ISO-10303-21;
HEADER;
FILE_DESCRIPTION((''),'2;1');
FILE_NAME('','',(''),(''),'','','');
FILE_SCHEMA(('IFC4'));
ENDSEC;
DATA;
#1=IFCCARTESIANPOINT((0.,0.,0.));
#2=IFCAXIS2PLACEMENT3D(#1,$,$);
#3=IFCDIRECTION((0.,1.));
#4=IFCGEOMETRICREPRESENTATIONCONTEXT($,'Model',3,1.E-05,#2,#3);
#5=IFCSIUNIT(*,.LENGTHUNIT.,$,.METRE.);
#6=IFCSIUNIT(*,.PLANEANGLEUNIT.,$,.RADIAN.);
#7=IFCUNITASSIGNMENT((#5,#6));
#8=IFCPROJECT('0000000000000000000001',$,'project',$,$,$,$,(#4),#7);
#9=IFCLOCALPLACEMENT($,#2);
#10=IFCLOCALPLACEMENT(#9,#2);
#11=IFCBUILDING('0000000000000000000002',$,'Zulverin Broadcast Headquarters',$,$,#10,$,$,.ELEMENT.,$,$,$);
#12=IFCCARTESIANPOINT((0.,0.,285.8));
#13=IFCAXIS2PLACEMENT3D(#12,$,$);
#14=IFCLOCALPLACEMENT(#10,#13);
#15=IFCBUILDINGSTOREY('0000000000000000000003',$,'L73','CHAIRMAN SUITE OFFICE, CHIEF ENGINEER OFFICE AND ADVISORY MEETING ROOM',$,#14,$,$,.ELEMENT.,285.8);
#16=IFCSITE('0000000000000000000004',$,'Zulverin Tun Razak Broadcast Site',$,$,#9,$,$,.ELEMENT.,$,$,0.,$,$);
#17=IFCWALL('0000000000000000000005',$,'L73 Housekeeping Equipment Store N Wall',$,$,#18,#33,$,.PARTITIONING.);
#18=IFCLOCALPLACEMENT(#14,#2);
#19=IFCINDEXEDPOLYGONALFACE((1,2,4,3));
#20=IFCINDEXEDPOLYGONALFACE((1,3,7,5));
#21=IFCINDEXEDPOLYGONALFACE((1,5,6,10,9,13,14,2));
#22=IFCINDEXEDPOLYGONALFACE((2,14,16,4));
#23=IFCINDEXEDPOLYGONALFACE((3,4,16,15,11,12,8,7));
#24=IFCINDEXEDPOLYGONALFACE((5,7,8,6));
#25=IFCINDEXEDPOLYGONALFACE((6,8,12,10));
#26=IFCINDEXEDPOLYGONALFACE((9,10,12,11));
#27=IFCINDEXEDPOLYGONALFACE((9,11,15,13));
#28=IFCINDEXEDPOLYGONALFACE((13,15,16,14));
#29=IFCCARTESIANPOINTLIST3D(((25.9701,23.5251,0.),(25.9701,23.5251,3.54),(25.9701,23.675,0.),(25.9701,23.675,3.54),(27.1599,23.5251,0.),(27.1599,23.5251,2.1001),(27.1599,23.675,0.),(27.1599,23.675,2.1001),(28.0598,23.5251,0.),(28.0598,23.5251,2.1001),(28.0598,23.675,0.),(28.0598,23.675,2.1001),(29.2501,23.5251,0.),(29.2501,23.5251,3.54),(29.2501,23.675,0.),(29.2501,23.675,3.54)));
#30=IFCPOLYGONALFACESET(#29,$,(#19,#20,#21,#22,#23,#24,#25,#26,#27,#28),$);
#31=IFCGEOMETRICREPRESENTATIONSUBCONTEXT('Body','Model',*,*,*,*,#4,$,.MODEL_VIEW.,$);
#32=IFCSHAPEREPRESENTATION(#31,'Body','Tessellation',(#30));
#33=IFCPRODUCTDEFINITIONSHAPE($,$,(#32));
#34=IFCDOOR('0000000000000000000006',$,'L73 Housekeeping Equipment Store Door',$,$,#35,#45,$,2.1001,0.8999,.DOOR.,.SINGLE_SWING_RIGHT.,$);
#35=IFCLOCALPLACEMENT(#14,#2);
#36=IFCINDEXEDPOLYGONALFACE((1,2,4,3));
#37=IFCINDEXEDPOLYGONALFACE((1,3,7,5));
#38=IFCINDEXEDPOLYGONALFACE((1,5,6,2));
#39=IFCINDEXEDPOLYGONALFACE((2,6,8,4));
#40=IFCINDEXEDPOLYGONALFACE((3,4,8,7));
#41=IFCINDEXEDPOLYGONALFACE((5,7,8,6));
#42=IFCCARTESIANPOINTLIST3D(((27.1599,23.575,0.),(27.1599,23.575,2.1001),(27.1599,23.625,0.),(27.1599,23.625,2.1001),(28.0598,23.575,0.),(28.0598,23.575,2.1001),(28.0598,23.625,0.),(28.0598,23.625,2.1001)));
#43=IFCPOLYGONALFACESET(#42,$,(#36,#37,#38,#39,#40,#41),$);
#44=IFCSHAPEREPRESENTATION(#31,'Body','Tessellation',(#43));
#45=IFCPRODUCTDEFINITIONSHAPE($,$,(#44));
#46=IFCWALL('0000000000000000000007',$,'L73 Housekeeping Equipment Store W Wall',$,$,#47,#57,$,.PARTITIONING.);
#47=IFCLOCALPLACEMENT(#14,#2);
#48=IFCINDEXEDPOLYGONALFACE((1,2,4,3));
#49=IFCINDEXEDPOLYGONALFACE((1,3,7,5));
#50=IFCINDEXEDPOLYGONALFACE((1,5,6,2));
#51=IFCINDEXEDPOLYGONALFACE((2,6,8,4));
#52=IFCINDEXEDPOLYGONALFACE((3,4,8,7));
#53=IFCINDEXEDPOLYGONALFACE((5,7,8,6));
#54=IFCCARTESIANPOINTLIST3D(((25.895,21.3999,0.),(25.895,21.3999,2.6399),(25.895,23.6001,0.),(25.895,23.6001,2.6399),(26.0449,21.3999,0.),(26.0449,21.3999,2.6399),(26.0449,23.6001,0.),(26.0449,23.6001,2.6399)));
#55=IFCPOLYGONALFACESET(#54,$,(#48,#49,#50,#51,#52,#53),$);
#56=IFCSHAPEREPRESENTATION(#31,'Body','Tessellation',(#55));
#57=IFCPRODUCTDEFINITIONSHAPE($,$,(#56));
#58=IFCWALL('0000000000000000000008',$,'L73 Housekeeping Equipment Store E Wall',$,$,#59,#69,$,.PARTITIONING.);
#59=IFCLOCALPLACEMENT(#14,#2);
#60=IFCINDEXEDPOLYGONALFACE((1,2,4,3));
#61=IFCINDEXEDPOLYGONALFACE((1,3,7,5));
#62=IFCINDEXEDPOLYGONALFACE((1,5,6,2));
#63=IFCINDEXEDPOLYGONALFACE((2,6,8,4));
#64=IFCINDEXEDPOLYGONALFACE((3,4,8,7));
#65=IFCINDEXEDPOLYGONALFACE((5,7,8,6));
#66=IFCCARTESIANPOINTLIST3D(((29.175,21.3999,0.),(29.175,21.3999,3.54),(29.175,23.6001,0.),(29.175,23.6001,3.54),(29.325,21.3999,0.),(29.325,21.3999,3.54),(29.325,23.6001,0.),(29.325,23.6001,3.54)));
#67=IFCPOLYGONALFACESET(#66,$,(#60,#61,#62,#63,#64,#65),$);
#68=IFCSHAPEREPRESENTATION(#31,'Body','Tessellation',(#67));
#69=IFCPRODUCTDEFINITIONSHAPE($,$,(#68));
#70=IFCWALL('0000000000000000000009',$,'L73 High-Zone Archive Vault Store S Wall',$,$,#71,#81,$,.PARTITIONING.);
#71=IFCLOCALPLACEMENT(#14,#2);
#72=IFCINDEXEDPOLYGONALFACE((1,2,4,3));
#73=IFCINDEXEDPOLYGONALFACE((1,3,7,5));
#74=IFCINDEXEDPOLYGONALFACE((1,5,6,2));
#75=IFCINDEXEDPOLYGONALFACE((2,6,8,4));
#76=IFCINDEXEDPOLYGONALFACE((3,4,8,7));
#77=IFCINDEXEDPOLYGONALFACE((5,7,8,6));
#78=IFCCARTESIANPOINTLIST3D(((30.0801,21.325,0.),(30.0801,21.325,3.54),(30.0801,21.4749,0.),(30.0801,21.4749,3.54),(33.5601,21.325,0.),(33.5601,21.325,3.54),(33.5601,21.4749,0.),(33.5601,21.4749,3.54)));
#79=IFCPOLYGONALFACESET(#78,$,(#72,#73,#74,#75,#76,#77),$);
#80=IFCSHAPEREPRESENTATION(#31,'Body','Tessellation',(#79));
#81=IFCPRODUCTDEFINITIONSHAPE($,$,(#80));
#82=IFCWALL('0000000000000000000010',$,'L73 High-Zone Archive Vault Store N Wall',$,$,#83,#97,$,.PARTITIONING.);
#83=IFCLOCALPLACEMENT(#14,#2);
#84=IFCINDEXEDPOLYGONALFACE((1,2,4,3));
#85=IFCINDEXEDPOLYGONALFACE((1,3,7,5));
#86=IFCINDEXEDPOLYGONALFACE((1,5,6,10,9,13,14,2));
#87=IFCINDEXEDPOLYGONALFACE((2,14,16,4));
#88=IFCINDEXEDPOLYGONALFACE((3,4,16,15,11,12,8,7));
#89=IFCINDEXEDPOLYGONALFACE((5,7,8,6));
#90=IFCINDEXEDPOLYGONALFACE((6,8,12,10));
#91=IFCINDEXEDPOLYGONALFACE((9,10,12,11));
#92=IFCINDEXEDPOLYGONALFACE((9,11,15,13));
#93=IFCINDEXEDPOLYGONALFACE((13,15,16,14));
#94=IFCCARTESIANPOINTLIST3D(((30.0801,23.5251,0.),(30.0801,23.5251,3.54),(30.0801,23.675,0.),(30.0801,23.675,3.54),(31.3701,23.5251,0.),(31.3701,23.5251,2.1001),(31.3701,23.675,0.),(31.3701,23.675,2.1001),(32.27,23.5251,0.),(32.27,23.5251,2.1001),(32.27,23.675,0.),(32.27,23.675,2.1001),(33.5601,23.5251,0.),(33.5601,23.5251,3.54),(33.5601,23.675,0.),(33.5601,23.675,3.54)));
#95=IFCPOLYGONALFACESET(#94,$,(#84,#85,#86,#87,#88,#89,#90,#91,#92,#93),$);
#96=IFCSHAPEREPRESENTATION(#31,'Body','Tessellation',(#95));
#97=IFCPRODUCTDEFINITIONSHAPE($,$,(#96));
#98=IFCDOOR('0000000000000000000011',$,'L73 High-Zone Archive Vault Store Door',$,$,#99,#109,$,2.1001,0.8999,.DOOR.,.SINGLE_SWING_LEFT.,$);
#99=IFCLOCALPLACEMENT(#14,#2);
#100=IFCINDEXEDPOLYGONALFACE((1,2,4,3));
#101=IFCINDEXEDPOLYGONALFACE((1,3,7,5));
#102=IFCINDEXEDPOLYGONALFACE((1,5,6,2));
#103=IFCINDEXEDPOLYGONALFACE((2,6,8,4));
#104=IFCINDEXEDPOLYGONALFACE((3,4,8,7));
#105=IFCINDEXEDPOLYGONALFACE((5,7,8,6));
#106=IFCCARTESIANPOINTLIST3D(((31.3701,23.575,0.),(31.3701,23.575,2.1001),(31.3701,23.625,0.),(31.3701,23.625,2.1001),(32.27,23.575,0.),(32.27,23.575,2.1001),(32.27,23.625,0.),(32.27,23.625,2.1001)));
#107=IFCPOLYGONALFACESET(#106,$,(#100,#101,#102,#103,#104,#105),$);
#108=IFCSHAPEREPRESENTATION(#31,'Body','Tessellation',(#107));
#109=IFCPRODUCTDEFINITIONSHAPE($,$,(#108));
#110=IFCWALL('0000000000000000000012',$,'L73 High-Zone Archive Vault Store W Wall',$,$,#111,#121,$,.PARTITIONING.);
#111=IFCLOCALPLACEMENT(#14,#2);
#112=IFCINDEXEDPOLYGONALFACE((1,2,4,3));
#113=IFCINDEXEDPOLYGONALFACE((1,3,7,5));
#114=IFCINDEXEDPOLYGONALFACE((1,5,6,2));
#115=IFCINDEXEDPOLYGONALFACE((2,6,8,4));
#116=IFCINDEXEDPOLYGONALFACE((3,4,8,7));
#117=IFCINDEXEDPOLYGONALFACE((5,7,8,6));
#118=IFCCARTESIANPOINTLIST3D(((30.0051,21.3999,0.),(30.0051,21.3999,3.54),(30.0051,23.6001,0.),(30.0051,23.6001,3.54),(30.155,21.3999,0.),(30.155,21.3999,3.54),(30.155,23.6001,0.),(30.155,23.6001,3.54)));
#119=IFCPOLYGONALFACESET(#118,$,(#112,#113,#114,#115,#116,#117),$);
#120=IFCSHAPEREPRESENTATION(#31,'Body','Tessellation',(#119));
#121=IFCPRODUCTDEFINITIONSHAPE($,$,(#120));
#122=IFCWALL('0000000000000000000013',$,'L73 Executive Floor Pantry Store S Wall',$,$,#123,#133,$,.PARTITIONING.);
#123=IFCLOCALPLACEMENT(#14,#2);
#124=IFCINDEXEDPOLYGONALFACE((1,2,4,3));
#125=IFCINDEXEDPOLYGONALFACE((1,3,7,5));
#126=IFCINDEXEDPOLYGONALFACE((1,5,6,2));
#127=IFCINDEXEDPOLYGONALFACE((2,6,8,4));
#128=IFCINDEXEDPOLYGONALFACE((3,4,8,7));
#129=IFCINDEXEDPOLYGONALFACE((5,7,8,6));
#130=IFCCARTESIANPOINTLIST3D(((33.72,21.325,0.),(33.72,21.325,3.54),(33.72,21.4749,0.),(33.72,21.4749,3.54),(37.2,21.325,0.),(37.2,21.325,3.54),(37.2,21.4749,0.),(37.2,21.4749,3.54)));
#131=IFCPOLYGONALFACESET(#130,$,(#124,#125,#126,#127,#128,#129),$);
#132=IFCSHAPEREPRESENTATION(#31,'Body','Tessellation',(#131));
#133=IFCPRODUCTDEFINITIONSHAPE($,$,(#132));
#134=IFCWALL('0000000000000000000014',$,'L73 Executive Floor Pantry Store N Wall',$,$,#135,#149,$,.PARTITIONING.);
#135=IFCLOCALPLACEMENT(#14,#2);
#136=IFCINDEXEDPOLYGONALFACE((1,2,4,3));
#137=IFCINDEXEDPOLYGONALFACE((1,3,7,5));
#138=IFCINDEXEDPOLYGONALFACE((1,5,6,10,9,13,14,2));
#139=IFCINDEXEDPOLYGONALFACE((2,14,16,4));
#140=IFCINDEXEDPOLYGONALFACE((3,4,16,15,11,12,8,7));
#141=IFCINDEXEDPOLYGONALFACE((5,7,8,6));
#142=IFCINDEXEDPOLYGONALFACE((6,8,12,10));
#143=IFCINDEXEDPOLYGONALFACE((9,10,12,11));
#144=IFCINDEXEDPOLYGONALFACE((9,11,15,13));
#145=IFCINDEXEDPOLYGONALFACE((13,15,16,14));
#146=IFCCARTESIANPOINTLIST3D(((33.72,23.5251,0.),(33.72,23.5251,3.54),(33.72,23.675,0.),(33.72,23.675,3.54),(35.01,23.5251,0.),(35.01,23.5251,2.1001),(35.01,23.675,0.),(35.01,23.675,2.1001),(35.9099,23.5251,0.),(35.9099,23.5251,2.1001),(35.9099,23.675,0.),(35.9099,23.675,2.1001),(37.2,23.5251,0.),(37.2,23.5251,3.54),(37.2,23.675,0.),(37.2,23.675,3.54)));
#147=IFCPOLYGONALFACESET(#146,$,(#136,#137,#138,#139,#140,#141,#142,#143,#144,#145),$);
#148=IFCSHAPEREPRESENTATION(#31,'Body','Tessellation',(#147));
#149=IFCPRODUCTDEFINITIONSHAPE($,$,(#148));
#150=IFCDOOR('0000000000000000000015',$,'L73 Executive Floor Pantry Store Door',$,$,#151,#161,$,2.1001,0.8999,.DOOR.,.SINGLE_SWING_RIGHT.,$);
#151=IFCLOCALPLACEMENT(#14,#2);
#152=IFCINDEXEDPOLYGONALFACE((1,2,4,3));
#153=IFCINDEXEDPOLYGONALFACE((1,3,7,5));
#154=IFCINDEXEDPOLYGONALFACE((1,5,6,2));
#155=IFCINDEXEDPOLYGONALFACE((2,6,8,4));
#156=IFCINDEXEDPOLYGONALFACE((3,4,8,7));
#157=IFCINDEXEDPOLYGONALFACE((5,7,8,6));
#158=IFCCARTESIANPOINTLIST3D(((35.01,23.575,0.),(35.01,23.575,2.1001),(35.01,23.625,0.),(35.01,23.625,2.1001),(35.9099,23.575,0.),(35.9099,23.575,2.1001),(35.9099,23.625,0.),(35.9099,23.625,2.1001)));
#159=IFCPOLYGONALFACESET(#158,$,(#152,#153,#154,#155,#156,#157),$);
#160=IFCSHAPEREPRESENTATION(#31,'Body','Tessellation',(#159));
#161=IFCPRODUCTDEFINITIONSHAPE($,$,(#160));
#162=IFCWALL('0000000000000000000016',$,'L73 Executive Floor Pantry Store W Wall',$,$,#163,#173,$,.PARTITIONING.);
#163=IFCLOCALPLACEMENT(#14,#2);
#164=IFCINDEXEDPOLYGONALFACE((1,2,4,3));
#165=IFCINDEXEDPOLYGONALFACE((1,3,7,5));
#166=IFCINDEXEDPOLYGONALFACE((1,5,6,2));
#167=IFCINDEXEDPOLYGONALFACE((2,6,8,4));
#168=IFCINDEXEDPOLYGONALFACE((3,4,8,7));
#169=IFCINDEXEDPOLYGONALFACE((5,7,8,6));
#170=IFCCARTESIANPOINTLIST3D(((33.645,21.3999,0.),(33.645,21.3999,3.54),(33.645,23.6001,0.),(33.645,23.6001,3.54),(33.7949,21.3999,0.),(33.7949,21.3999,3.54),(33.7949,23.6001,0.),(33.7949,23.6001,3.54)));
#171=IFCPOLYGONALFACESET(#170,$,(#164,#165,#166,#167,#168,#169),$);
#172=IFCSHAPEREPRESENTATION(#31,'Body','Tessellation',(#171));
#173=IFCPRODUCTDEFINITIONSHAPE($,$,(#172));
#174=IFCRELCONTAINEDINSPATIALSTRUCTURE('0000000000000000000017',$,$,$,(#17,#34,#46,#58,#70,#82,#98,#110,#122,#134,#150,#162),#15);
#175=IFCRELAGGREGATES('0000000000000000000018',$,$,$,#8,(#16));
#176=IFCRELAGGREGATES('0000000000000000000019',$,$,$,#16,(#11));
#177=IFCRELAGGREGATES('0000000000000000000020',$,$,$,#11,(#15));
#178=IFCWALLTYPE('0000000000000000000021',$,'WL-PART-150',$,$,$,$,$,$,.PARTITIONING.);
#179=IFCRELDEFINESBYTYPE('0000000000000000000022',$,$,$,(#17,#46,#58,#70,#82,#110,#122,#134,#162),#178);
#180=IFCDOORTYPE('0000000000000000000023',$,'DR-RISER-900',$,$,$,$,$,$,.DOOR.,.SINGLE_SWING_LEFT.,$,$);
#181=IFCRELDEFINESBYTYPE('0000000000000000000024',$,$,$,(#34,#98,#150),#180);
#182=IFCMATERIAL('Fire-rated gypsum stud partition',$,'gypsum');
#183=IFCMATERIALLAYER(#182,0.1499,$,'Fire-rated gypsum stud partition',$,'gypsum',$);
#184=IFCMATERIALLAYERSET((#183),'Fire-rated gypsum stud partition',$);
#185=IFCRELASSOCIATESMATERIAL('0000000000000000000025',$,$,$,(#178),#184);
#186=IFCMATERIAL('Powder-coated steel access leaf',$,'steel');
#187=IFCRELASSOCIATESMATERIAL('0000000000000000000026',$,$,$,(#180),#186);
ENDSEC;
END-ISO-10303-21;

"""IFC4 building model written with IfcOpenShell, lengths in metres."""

from ifc_helpers import new_model, si_unit, direction, frame, frame_2d, origin, place, context, subcontext, project, spatial, rectangle, extrude, material, layer, layer_set, type_object, element, fill, save


model = new_model("IFC4")

# Units and contexts
model_context = context("Model", 3, precision=1e-05, world=origin(), true_north=direction((0.0, 1.0)))
body_context = subcontext(model_context, "Body", "Model", "MODEL_VIEW")
ifc_project = project(units=[si_unit("LENGTHUNIT", "METRE"), si_unit("PLANEANGLEUNIT", "RADIAN")], contexts=[model_context])

# Site, building, storey
site_placement = place(None, origin())
site = spatial("IfcSite", under=ifc_project, at=site_placement, Name="Zulverin Tun Razak Broadcast Site", CompositionType="ELEMENT", RefElevation=0.0)
building_placement = place(site_placement, origin())
building = spatial("IfcBuilding", under=site, at=building_placement, Name="Zulverin Broadcast Headquarters", CompositionType="ELEMENT")
storey_placement = place(building_placement, frame((0.0, 0.0, 285.8)))
storey = spatial("IfcBuildingStorey", under=building, at=storey_placement, Name="L73", Description="CHAIRMAN SUITE OFFICE, CHIEF ENGINEER OFFICE AND ADVISORY MEETING ROOM", CompositionType="ELEMENT", Elevation=285.8)

# Shared definitions
ifc_material_1 = material(Name="Fire-rated gypsum stud partition", Category="gypsum")
ifc_layer = layer(ifc_material_1, 0.1499, Name="Fire-rated gypsum stud partition", Category="gypsum")
ifc_layer_set = layer_set([ifc_layer], Name="Fire-rated gypsum stud partition")
wall_type = type_object("IfcWallType", Name="WL-PART-150", PredefinedType="PARTITIONING", material=ifc_layer_set)
ifc_material_2 = material(Name="Powder-coated steel access leaf", Category="steel")
door_type_1 = type_object("IfcDoorType", Name="DR-RISER-900", OperationType="SINGLE_SWING_LEFT", PredefinedType="DOOR", material=ifc_material_2)

# Wall, opening, door
wall_1_placement = place(storey_placement, frame((25.97, 23.6001, 0.0), z_axis=(0.0, 0.0, 1.0), x_axis=(1.0, 0.0, 0.0)))
wall_1 = element("IfcWall", 1, at=wall_1_placement, inside=storey, type_object=wall_type, Name="L73 Housekeeping Equipment Store N Wall", PredefinedType="PARTITIONING", context=body_context, shape_type="SweptSolid", body=[
    extrude(rectangle(XDim=3.28, YDim=0.1499, at=frame_2d((1.6401, 0.0))), origin(), (0.0, 0.0, 1.0), 3.54),
])
opening_1_placement = place(wall_1_placement, frame((1.1899, 0.0, 0.0)))
opening_1 = element("IfcOpeningElement", 2, at=opening_1_placement, cuts=wall_1, PredefinedType="OPENING", context=body_context, shape_type="SweptSolid", body=[
    extrude(rectangle(XDim=0.8999, YDim=2.1001, at=frame_2d((0.45, 1.05))), frame((0.0, 0.085, 0.0), z_axis=(0.0, -1.0, 0.0), x_axis=(1.0, 0.0, 0.0)), (0.0, 0.0, 1.0), 0.1699),
])
door_1_placement = place(opening_1_placement, origin())
door_1 = element("IfcDoor", 3, at=door_1_placement, inside=storey, type_object=door_type_1, Name="L73 Housekeeping Equipment Store Door", OperationType="SINGLE_SWING_RIGHT", OverallHeight=2.1001, OverallWidth=0.8999, PredefinedType="DOOR", context=body_context, shape_type="SweptSolid", body=[
    extrude(rectangle(XDim=0.8999, YDim=2.1001, at=frame_2d((0.45, 1.05))), frame((0.0, 0.0249, 0.0), z_axis=(0.0, -1.0, 0.0), x_axis=(1.0, 0.0, 0.0)), (0.0, 0.0, 1.0), 0.05),
])
fill(opening_1, door_1)

# Walls
wall_2_placement = place(storey_placement, frame((25.97, 21.3999, 0.0), z_axis=(0.0, 0.0, 1.0), x_axis=(0.0, 1.0, 0.0)))
element("IfcWall", 4, at=wall_2_placement, inside=storey, type_object=wall_type, Name="L73 Housekeeping Equipment Store W Wall", PredefinedType="PARTITIONING", context=body_context, shape_type="SweptSolid", body=[
    extrude(rectangle(XDim=2.2002, YDim=0.1499, at=frame_2d((1.1001, 0.0))), origin(), (0.0, 0.0, 1.0), 2.6399),
])
wall_3_placement = place(storey_placement, frame((29.25, 21.3999, 0.0), z_axis=(0.0, 0.0, 1.0), x_axis=(0.0, 1.0, 0.0)))
element("IfcWall", 5, at=wall_3_placement, inside=storey, type_object=wall_type, Name="L73 Housekeeping Equipment Store E Wall", PredefinedType="PARTITIONING", context=body_context, shape_type="SweptSolid", body=[
    extrude(rectangle(XDim=2.2002, YDim=0.1499, at=frame_2d((1.1001, 0.0))), origin(), (0.0, 0.0, 1.0), 3.54),
])
wall_4_placement = place(storey_placement, frame((30.0801, 21.3999, 0.0), z_axis=(0.0, 0.0, 1.0), x_axis=(1.0, 0.0, 0.0)))
element("IfcWall", 6, at=wall_4_placement, inside=storey, type_object=wall_type, Name="L73 High-Zone Archive Vault Store S Wall", PredefinedType="PARTITIONING", context=body_context, shape_type="SweptSolid", body=[
    extrude(rectangle(XDim=3.48, YDim=0.1499, at=frame_2d((1.74, 0.0))), origin(), (0.0, 0.0, 1.0), 3.54),
])

# Wall, opening, door
wall_5_placement = place(storey_placement, frame((30.0801, 23.6001, 0.0), z_axis=(0.0, 0.0, 1.0), x_axis=(1.0, 0.0, 0.0)))
wall_5 = element("IfcWall", 7, at=wall_5_placement, inside=storey, type_object=wall_type, Name="L73 High-Zone Archive Vault Store N Wall", PredefinedType="PARTITIONING", context=body_context, shape_type="SweptSolid", body=[
    extrude(rectangle(XDim=3.48, YDim=0.1499, at=frame_2d((1.74, 0.0))), origin(), (0.0, 0.0, 1.0), 3.54),
])
opening_2_placement = place(wall_5_placement, frame((1.29, 0.0, 0.0)))
opening_2 = element("IfcOpeningElement", 8, at=opening_2_placement, cuts=wall_5, PredefinedType="OPENING", context=body_context, shape_type="SweptSolid", body=[
    extrude(rectangle(XDim=0.8999, YDim=2.1001, at=frame_2d((0.45, 1.05))), frame((0.0, 0.085, 0.0), z_axis=(0.0, -1.0, 0.0), x_axis=(1.0, 0.0, 0.0)), (0.0, 0.0, 1.0), 0.1699),
])
door_2_placement = place(opening_2_placement, origin())
door_2 = element("IfcDoor", 9, at=door_2_placement, inside=storey, type_object=door_type_1, Name="L73 High-Zone Archive Vault Store Door", OperationType="SINGLE_SWING_LEFT", OverallHeight=2.1001, OverallWidth=0.8999, PredefinedType="DOOR", context=body_context, shape_type="SweptSolid", body=[
    extrude(rectangle(XDim=0.8999, YDim=2.1001, at=frame_2d((0.45, 1.05))), frame((0.0, 0.0249, 0.0), z_axis=(0.0, -1.0, 0.0), x_axis=(1.0, 0.0, 0.0)), (0.0, 0.0, 1.0), 0.05),
])
fill(opening_2, door_2)

# Walls
wall_6_placement = place(storey_placement, frame((30.0801, 21.3999, 0.0), z_axis=(0.0, 0.0, 1.0), x_axis=(0.0, 1.0, 0.0)))
element("IfcWall", 10, at=wall_6_placement, inside=storey, type_object=wall_type, Name="L73 High-Zone Archive Vault Store W Wall", PredefinedType="PARTITIONING", context=body_context, shape_type="SweptSolid", body=[
    extrude(rectangle(XDim=2.2002, YDim=0.1499, at=frame_2d((1.1001, 0.0))), origin(), (0.0, 0.0, 1.0), 3.54),
])
wall_7_placement = place(storey_placement, frame((33.72, 21.3999, 0.0), z_axis=(0.0, 0.0, 1.0), x_axis=(1.0, 0.0, 0.0)))
element("IfcWall", 11, at=wall_7_placement, inside=storey, type_object=wall_type, Name="L73 Executive Floor Pantry Store S Wall", PredefinedType="PARTITIONING", context=body_context, shape_type="SweptSolid", body=[
    extrude(rectangle(XDim=3.48, YDim=0.1499, at=frame_2d((1.74, 0.0))), origin(), (0.0, 0.0, 1.0), 3.54),
])

# Wall, opening, door
wall_8_placement = place(storey_placement, frame((33.72, 23.6001, 0.0), z_axis=(0.0, 0.0, 1.0), x_axis=(1.0, 0.0, 0.0)))
wall_8 = element("IfcWall", 12, at=wall_8_placement, inside=storey, type_object=wall_type, Name="L73 Executive Floor Pantry Store N Wall", PredefinedType="PARTITIONING", context=body_context, shape_type="SweptSolid", body=[
    extrude(rectangle(XDim=3.48, YDim=0.1499, at=frame_2d((1.74, 0.0))), origin(), (0.0, 0.0, 1.0), 3.54),
])
opening_3_placement = place(wall_8_placement, frame((1.29, 0.0, 0.0)))
opening_3 = element("IfcOpeningElement", 13, at=opening_3_placement, cuts=wall_8, PredefinedType="OPENING", context=body_context, shape_type="SweptSolid", body=[
    extrude(rectangle(XDim=0.8999, YDim=2.1001, at=frame_2d((0.45, 1.05))), frame((0.0, 0.085, 0.0), z_axis=(0.0, -1.0, 0.0), x_axis=(1.0, 0.0, 0.0)), (0.0, 0.0, 1.0), 0.1699),
])
door_3_placement = place(opening_3_placement, origin())
door_3 = element("IfcDoor", 14, at=door_3_placement, inside=storey, type_object=door_type_1, Name="L73 Executive Floor Pantry Store Door", OperationType="SINGLE_SWING_RIGHT", OverallHeight=2.1001, OverallWidth=0.8999, PredefinedType="DOOR", context=body_context, shape_type="SweptSolid", body=[
    extrude(rectangle(XDim=0.8999, YDim=2.1001, at=frame_2d((0.45, 1.05))), frame((0.0, 0.0249, 0.0), z_axis=(0.0, -1.0, 0.0), x_axis=(1.0, 0.0, 0.0)), (0.0, 0.0, 1.0), 0.05),
])
fill(opening_3, door_3)

# Wall
wall_9_placement = place(storey_placement, frame((33.72, 21.3999, 0.0), z_axis=(0.0, 0.0, 1.0), x_axis=(0.0, 1.0, 0.0)))
element("IfcWall", 15, at=wall_9_placement, inside=storey, type_object=wall_type, Name="L73 Executive Floor Pantry Store W Wall", PredefinedType="PARTITIONING", context=body_context, shape_type="SweptSolid", body=[
    extrude(rectangle(XDim=2.2002, YDim=0.1499, at=frame_2d((1.1001, 0.0))), origin(), (0.0, 0.0, 1.0), 3.54),
])

save(model, "model.ifc")
